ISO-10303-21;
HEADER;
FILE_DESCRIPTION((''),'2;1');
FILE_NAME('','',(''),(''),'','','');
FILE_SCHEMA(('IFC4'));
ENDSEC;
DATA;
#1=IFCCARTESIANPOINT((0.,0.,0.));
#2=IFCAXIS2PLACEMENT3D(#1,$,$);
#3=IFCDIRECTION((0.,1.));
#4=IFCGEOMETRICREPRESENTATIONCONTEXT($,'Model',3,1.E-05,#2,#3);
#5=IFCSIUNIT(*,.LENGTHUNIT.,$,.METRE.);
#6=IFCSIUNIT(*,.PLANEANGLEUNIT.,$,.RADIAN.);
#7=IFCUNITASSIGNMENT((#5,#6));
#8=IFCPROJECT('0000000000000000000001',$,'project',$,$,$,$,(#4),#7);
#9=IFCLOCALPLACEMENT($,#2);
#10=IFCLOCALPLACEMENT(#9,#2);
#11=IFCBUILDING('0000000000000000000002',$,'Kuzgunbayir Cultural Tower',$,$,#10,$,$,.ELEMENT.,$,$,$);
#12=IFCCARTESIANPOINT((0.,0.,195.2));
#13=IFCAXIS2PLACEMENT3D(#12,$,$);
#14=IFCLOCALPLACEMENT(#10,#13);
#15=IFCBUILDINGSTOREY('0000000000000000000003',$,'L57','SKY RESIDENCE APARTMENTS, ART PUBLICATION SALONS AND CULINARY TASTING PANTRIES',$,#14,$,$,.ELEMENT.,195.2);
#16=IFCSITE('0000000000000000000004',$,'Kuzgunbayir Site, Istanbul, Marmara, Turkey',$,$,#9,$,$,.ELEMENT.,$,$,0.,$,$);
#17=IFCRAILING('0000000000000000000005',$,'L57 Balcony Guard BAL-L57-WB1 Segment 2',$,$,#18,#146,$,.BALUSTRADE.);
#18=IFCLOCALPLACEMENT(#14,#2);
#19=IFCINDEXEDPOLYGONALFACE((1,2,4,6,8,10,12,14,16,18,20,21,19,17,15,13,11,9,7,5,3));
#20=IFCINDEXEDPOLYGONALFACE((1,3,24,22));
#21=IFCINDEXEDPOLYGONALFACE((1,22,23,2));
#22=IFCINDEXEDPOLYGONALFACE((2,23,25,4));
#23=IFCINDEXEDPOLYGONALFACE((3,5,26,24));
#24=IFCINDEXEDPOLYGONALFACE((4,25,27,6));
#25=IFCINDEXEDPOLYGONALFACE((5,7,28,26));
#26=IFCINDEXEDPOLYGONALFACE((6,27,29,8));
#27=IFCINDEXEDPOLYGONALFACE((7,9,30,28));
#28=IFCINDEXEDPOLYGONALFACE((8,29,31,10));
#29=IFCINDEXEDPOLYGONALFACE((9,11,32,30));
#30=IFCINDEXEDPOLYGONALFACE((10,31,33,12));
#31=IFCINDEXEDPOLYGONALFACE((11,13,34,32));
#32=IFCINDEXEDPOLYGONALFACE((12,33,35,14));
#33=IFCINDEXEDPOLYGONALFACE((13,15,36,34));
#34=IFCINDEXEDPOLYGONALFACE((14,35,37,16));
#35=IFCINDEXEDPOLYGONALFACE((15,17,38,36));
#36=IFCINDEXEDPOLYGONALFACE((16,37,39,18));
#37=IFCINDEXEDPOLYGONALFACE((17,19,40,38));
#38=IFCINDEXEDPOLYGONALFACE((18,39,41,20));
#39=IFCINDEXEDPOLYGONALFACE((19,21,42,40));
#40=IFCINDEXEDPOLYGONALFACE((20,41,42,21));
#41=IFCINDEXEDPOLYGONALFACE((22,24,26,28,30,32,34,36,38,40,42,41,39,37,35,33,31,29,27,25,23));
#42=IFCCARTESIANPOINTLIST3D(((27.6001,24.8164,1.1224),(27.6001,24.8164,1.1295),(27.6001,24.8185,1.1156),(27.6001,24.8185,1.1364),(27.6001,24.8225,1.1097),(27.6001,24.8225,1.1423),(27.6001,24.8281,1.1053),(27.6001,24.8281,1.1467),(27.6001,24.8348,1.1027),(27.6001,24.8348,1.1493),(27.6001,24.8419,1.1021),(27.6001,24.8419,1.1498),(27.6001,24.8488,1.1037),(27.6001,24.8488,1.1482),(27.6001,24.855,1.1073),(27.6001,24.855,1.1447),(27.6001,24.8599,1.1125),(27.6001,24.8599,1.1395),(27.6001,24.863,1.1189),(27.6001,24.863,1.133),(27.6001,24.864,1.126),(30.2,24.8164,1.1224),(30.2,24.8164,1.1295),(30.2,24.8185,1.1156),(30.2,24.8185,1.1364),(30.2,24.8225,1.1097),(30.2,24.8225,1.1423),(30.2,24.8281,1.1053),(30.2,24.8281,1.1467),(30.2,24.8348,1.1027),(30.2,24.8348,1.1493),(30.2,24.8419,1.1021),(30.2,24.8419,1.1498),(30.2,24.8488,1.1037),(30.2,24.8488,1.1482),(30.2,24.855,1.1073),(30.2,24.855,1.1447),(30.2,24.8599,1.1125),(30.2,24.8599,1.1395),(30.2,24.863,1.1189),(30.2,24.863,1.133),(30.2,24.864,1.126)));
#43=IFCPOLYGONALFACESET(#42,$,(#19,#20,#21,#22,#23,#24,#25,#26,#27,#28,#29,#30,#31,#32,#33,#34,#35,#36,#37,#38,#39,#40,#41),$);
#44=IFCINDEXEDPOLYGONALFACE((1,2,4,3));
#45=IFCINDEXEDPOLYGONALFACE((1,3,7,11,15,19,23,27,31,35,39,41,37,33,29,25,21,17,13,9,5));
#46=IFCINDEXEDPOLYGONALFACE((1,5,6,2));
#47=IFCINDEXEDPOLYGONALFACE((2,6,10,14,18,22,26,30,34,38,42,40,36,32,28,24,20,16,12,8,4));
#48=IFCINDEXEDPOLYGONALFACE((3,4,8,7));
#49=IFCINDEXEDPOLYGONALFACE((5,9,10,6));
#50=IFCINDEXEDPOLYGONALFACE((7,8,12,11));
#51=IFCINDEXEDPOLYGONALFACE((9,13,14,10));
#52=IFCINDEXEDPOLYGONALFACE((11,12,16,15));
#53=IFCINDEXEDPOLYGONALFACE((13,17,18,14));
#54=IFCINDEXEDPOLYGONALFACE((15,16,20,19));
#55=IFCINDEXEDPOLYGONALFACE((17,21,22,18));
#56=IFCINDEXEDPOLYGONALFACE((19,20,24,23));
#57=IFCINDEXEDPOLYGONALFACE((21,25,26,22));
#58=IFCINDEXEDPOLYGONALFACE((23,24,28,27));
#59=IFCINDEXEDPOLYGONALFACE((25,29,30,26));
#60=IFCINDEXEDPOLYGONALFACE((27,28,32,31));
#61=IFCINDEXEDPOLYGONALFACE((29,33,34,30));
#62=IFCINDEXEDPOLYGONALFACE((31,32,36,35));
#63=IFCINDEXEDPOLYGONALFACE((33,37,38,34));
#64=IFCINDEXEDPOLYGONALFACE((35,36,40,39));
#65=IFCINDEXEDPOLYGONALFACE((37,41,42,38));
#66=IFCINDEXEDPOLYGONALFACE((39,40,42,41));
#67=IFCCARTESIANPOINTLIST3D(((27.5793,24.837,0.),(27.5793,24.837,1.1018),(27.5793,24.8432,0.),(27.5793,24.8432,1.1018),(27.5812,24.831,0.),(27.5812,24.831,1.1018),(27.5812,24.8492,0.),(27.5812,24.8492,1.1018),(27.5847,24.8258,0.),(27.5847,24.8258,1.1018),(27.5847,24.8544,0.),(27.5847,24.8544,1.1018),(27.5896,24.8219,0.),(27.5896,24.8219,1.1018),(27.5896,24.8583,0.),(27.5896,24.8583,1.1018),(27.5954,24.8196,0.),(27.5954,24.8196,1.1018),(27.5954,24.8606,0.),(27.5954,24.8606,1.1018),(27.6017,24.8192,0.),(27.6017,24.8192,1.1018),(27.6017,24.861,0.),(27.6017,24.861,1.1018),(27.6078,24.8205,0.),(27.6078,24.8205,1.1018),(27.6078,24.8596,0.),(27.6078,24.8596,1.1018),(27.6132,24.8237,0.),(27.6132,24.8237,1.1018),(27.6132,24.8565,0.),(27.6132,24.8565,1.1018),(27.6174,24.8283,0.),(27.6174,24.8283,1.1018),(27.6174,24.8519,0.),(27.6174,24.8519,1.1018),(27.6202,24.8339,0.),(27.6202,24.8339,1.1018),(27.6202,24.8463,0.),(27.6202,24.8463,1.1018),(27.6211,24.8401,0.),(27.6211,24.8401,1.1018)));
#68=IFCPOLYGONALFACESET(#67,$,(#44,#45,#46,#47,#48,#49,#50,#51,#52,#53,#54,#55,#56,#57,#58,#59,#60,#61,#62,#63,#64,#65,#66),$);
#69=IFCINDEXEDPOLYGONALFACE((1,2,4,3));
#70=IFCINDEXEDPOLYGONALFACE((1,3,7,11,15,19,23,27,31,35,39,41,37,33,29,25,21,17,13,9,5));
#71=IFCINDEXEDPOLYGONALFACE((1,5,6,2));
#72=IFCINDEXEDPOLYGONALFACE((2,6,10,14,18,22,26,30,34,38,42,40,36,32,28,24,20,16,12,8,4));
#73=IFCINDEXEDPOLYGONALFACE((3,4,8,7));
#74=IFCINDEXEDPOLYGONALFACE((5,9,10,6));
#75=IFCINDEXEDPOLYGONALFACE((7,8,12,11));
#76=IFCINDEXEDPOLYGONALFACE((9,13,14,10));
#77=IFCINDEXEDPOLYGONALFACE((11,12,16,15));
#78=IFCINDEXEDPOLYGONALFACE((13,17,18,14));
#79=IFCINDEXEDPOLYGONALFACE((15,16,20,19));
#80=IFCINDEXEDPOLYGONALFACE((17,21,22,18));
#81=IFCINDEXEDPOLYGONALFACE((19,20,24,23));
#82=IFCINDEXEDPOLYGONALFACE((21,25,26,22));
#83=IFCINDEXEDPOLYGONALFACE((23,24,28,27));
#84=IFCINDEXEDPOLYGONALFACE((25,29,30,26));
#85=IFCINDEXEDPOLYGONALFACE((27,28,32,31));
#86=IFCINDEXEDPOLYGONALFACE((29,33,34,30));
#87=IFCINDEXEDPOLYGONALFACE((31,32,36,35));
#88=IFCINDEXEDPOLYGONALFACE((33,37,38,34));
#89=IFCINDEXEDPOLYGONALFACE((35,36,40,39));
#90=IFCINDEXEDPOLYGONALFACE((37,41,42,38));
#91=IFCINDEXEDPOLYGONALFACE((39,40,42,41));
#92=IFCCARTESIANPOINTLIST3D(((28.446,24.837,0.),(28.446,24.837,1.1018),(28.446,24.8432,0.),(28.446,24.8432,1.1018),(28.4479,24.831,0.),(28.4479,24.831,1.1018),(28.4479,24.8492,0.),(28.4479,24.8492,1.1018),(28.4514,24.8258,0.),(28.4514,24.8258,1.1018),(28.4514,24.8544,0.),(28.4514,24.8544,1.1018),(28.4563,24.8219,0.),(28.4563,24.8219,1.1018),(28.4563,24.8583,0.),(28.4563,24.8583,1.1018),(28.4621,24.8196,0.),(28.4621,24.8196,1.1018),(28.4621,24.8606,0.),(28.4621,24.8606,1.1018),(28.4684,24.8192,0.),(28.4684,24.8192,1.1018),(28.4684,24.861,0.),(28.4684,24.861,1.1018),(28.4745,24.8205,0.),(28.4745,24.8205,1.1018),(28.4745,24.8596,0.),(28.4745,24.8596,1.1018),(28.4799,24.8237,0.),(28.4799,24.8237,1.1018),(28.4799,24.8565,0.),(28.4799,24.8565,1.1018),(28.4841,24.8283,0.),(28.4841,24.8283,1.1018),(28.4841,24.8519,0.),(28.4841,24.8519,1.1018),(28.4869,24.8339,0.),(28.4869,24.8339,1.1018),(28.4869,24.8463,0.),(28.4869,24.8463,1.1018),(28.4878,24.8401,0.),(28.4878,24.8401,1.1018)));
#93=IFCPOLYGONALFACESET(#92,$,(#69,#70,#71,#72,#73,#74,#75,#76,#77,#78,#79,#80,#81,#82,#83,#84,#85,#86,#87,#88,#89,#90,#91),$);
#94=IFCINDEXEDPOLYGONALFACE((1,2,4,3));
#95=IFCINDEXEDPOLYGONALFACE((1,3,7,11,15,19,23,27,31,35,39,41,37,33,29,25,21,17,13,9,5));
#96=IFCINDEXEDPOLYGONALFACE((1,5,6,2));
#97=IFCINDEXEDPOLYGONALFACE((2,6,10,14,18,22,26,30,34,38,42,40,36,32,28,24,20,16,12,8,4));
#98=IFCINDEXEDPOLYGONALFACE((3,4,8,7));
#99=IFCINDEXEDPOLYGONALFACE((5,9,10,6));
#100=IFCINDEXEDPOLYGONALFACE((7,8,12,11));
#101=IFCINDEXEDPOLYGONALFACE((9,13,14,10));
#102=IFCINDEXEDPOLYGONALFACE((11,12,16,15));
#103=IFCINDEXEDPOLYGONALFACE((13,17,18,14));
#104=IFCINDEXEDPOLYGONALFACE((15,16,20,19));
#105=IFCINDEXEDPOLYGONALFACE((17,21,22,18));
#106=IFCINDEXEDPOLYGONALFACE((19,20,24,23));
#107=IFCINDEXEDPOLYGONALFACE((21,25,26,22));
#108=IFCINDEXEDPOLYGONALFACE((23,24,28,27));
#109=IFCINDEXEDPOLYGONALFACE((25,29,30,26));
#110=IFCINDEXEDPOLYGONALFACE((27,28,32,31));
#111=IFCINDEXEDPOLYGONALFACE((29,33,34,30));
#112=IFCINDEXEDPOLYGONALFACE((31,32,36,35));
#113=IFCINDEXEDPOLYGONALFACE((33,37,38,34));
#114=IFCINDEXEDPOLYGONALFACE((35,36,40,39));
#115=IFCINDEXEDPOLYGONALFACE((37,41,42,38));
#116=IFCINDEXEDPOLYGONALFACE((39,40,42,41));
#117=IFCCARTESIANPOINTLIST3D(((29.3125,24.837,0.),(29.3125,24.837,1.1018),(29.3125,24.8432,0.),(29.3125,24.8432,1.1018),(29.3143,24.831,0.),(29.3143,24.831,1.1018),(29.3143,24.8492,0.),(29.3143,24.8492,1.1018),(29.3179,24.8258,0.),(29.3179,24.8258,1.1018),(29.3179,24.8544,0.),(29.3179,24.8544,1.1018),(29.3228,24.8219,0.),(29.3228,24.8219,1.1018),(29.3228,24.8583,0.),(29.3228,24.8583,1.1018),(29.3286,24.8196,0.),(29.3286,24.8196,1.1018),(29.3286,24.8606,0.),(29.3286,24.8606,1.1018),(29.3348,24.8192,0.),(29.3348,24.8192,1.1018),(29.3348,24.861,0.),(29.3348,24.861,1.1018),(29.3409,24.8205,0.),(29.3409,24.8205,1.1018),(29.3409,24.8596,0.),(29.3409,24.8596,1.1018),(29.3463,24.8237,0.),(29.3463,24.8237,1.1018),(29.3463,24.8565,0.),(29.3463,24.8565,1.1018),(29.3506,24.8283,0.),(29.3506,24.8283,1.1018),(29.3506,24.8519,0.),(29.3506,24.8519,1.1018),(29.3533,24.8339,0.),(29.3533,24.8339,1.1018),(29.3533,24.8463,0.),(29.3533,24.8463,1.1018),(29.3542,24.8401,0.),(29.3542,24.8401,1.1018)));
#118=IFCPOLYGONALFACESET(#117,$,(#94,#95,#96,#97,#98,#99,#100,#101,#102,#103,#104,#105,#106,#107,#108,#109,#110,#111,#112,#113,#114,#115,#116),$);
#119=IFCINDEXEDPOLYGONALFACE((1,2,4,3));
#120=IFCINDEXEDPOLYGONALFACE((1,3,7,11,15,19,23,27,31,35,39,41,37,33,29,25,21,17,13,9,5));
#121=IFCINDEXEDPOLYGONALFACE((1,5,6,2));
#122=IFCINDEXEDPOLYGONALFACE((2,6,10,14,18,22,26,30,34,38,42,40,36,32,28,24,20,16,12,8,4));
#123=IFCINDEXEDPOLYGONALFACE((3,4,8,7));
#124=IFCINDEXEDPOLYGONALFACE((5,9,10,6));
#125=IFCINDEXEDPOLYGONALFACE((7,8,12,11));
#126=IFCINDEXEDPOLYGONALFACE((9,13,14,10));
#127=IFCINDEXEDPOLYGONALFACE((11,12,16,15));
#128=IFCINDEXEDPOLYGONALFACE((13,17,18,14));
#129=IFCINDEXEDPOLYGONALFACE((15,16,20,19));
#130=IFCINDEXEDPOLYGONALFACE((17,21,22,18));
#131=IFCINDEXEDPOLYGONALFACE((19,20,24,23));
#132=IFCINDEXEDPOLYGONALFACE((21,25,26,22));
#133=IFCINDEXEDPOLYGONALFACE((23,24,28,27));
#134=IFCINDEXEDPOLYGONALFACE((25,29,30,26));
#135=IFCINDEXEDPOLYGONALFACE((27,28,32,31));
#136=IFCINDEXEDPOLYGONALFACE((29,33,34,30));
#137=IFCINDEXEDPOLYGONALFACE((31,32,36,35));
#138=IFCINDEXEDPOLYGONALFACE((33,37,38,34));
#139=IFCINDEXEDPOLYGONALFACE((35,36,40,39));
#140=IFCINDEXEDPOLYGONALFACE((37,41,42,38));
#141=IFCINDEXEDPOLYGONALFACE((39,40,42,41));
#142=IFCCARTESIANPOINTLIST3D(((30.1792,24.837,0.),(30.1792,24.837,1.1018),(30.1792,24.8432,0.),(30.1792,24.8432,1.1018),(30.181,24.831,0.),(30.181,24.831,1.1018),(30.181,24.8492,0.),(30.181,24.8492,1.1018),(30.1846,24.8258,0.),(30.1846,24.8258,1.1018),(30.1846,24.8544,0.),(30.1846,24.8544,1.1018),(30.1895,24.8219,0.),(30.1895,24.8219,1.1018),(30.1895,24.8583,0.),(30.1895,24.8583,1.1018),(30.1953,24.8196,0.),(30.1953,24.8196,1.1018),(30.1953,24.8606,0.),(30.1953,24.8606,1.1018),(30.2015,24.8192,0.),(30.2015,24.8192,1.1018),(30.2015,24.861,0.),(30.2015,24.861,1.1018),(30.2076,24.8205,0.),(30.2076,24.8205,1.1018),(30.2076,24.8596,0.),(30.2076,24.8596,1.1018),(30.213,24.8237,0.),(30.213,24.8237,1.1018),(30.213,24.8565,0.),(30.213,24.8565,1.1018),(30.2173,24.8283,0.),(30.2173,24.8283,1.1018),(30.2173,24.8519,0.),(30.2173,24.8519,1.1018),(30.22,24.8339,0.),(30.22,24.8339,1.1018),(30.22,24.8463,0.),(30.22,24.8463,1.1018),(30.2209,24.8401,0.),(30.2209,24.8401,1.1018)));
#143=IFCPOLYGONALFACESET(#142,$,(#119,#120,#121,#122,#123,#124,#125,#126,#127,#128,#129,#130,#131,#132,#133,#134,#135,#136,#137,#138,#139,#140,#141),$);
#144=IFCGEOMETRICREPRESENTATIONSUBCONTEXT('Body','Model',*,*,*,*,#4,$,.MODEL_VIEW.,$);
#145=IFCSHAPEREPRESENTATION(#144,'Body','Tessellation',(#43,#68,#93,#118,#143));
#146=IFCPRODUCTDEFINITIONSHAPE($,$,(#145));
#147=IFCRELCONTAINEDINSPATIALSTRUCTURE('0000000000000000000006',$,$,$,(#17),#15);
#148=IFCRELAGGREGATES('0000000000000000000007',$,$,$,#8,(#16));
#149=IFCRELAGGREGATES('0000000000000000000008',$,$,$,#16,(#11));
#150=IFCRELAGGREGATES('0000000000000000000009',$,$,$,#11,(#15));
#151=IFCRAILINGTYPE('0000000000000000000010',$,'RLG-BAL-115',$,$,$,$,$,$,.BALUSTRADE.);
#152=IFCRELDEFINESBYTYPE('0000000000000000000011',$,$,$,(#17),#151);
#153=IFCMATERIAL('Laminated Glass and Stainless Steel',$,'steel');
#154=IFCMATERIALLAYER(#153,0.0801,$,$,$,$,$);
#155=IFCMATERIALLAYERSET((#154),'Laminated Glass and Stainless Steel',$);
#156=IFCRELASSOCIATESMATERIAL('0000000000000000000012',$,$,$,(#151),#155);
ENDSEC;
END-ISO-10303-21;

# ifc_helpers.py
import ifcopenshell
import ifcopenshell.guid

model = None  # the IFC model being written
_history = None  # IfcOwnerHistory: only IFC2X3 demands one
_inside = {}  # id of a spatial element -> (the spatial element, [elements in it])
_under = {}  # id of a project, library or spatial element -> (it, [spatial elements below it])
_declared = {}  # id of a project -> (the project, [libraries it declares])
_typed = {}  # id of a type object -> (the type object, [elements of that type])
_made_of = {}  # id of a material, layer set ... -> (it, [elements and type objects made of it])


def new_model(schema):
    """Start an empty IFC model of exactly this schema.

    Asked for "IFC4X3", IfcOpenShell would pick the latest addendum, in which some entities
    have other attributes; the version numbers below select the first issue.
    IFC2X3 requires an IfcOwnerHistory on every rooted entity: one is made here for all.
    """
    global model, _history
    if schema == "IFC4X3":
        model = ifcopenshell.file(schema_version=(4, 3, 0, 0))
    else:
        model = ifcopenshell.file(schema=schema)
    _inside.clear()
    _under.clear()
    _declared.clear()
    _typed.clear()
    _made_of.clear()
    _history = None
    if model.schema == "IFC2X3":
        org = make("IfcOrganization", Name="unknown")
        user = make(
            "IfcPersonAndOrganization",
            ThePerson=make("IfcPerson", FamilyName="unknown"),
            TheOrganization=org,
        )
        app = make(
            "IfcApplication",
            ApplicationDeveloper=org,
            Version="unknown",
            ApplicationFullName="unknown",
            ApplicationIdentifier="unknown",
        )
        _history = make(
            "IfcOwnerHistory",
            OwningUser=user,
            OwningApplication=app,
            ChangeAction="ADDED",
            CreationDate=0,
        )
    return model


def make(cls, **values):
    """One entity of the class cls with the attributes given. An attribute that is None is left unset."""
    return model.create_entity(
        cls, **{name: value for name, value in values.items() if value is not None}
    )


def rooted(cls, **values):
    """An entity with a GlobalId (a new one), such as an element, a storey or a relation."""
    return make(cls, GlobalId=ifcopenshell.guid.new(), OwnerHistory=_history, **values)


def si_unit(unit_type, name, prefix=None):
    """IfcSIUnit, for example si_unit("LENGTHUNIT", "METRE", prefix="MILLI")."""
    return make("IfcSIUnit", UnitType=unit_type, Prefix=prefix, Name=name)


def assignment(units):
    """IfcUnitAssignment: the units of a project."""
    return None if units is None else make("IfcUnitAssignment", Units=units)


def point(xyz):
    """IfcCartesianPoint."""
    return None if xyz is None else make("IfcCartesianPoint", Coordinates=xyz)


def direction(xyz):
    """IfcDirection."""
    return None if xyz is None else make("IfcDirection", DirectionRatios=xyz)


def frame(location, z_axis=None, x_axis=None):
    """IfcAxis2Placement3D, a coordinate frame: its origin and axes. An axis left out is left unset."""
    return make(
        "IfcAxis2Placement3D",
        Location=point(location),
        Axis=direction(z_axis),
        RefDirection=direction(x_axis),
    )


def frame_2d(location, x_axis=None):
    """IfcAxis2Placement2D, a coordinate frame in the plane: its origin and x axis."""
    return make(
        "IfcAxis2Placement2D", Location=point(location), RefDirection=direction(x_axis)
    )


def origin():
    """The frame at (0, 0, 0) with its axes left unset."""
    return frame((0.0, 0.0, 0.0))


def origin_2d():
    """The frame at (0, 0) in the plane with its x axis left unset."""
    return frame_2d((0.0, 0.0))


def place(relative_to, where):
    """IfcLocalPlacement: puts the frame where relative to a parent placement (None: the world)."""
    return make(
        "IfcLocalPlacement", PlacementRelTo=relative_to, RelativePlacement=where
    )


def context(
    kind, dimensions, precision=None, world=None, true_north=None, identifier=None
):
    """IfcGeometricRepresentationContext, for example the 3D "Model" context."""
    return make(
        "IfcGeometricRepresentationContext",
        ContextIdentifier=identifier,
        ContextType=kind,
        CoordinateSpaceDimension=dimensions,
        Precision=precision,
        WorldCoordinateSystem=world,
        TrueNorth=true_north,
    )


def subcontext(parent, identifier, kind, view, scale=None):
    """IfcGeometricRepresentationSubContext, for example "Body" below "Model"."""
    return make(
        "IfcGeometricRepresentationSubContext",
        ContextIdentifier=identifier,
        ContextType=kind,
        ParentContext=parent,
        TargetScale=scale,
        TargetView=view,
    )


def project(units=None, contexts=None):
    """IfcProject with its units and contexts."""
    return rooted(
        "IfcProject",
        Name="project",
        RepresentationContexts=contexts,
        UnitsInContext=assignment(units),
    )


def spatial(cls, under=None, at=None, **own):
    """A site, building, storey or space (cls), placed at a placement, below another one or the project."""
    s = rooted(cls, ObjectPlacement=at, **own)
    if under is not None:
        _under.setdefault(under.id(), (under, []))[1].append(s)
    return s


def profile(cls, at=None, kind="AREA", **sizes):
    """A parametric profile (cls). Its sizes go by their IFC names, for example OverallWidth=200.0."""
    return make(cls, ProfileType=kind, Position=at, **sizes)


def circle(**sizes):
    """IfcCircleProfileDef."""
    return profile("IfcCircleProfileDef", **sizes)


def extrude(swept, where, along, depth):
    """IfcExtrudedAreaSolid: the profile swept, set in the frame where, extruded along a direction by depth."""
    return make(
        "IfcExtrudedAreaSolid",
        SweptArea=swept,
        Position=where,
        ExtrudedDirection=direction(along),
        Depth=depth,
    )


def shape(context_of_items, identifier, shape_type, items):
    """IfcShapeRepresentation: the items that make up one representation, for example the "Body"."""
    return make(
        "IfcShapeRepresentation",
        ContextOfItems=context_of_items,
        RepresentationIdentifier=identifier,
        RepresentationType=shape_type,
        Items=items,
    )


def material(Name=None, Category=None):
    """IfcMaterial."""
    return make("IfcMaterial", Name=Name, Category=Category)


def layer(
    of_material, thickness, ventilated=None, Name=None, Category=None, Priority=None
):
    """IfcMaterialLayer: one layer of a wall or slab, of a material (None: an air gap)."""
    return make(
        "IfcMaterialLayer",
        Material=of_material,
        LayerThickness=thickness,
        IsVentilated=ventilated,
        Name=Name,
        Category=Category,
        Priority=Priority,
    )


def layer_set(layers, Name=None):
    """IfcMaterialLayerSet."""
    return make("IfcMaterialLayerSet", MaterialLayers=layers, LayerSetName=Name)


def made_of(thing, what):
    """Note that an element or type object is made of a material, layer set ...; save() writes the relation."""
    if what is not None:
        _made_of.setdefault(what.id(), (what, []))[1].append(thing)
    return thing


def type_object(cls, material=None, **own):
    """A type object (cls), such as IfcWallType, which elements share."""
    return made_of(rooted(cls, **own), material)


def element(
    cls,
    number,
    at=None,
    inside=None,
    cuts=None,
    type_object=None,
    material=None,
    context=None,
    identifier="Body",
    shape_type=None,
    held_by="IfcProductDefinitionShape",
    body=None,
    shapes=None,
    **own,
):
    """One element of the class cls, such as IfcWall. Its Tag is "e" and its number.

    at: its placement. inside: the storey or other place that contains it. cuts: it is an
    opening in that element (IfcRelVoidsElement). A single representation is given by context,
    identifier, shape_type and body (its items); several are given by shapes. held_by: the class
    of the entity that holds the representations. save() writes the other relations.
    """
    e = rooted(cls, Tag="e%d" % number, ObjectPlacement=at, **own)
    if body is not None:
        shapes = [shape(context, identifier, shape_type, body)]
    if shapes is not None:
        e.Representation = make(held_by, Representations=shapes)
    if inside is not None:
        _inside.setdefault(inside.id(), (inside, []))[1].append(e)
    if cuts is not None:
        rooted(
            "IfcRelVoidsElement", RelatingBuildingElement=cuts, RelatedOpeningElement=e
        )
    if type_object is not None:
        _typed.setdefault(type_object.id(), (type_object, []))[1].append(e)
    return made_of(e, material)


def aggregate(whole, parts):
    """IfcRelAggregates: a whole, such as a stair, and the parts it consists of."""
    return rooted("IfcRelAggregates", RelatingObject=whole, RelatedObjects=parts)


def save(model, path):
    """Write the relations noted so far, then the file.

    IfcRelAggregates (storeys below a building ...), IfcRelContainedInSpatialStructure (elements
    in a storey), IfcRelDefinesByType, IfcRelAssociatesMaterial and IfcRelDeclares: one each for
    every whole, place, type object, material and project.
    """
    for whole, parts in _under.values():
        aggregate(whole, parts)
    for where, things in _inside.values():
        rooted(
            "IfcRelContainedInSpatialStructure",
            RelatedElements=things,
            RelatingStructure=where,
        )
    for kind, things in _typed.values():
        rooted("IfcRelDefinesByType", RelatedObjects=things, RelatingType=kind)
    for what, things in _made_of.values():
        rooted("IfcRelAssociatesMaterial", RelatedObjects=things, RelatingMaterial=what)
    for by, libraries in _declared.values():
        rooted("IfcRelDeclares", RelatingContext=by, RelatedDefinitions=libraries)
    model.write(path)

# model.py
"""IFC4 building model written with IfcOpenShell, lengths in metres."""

from ifc_helpers import new_model, si_unit, direction, frame, origin, origin_2d, place, context, subcontext, project, spatial, circle, extrude, material, layer, layer_set, type_object, element, save


model = new_model("IFC4")

# Units and contexts
model_context = context("Model", 3, precision=1e-05, world=origin(), true_north=direction((0.0, 1.0)))
body_context = subcontext(model_context, "Body", "Model", "MODEL_VIEW")
ifc_project = project(units=[si_unit("LENGTHUNIT", "METRE"), si_unit("PLANEANGLEUNIT", "RADIAN")], contexts=[model_context])

# Site, building, storey
site_placement = place(None, origin())
site = spatial("IfcSite", under=ifc_project, at=site_placement, Name="Kuzgunbayir Site, Istanbul, Marmara, Turkey", CompositionType="ELEMENT", RefElevation=0.0)
building_placement = place(site_placement, origin())
building = spatial("IfcBuilding", under=site, at=building_placement, Name="Kuzgunbayir Cultural Tower", CompositionType="ELEMENT")
storey_placement = place(building_placement, frame((0.0, 0.0, 195.2)))
storey = spatial("IfcBuildingStorey", under=building, at=storey_placement, Name="L57", Description="SKY RESIDENCE APARTMENTS, ART PUBLICATION SALONS AND CULINARY TASTING PANTRIES", CompositionType="ELEMENT", Elevation=195.2)

# Railing
ifc_material_1 = material(Name="Laminated Glass and Stainless Steel", Category="steel")
ifc_layer_1 = layer(ifc_material_1, 0.0801)
ifc_layer_set_1 = layer_set([ifc_layer_1], Name="Laminated Glass and Stainless Steel")
railing_type = type_object("IfcRailingType", Name="RLG-BAL-115", PredefinedType="BALUSTRADE", material=ifc_layer_set_1)
railing_1_placement = place(storey_placement, frame((27.6001, 24.8401, 0.0)))
element("IfcRailing", 1, at=railing_1_placement, inside=storey, type_object=railing_type, Name="L57 Balcony Guard BAL-L57-WB1 Segment 2", PredefinedType="BALUSTRADE", context=body_context, shape_type="SweptSolid", body=[
    extrude(circle(Radius=0.0239, at=origin_2d()), frame((0.0, 0.0, 1.126), z_axis=(1.0, 0.0, 0.0), x_axis=(0.0, 1.0, 0.0)), (0.0, 0.0, 1.0), 2.5999),
    extrude(circle(Radius=0.021, at=origin_2d()), origin(), (0.0, 0.0, 1.0), 1.1018),
    extrude(circle(Radius=0.021, at=origin_2d()), frame((0.8667, 0.0, 0.0)), (0.0, 0.0, 1.0), 1.1018),
    extrude(circle(Radius=0.021, at=origin_2d()), frame((1.7332, 0.0, 0.0)), (0.0, 0.0, 1.0), 1.1018),
    extrude(circle(Radius=0.021, at=origin_2d()), frame((2.5999, 0.0, 0.0)), (0.0, 0.0, 1.0), 1.1018),
])

save(model, "model.ifc")
